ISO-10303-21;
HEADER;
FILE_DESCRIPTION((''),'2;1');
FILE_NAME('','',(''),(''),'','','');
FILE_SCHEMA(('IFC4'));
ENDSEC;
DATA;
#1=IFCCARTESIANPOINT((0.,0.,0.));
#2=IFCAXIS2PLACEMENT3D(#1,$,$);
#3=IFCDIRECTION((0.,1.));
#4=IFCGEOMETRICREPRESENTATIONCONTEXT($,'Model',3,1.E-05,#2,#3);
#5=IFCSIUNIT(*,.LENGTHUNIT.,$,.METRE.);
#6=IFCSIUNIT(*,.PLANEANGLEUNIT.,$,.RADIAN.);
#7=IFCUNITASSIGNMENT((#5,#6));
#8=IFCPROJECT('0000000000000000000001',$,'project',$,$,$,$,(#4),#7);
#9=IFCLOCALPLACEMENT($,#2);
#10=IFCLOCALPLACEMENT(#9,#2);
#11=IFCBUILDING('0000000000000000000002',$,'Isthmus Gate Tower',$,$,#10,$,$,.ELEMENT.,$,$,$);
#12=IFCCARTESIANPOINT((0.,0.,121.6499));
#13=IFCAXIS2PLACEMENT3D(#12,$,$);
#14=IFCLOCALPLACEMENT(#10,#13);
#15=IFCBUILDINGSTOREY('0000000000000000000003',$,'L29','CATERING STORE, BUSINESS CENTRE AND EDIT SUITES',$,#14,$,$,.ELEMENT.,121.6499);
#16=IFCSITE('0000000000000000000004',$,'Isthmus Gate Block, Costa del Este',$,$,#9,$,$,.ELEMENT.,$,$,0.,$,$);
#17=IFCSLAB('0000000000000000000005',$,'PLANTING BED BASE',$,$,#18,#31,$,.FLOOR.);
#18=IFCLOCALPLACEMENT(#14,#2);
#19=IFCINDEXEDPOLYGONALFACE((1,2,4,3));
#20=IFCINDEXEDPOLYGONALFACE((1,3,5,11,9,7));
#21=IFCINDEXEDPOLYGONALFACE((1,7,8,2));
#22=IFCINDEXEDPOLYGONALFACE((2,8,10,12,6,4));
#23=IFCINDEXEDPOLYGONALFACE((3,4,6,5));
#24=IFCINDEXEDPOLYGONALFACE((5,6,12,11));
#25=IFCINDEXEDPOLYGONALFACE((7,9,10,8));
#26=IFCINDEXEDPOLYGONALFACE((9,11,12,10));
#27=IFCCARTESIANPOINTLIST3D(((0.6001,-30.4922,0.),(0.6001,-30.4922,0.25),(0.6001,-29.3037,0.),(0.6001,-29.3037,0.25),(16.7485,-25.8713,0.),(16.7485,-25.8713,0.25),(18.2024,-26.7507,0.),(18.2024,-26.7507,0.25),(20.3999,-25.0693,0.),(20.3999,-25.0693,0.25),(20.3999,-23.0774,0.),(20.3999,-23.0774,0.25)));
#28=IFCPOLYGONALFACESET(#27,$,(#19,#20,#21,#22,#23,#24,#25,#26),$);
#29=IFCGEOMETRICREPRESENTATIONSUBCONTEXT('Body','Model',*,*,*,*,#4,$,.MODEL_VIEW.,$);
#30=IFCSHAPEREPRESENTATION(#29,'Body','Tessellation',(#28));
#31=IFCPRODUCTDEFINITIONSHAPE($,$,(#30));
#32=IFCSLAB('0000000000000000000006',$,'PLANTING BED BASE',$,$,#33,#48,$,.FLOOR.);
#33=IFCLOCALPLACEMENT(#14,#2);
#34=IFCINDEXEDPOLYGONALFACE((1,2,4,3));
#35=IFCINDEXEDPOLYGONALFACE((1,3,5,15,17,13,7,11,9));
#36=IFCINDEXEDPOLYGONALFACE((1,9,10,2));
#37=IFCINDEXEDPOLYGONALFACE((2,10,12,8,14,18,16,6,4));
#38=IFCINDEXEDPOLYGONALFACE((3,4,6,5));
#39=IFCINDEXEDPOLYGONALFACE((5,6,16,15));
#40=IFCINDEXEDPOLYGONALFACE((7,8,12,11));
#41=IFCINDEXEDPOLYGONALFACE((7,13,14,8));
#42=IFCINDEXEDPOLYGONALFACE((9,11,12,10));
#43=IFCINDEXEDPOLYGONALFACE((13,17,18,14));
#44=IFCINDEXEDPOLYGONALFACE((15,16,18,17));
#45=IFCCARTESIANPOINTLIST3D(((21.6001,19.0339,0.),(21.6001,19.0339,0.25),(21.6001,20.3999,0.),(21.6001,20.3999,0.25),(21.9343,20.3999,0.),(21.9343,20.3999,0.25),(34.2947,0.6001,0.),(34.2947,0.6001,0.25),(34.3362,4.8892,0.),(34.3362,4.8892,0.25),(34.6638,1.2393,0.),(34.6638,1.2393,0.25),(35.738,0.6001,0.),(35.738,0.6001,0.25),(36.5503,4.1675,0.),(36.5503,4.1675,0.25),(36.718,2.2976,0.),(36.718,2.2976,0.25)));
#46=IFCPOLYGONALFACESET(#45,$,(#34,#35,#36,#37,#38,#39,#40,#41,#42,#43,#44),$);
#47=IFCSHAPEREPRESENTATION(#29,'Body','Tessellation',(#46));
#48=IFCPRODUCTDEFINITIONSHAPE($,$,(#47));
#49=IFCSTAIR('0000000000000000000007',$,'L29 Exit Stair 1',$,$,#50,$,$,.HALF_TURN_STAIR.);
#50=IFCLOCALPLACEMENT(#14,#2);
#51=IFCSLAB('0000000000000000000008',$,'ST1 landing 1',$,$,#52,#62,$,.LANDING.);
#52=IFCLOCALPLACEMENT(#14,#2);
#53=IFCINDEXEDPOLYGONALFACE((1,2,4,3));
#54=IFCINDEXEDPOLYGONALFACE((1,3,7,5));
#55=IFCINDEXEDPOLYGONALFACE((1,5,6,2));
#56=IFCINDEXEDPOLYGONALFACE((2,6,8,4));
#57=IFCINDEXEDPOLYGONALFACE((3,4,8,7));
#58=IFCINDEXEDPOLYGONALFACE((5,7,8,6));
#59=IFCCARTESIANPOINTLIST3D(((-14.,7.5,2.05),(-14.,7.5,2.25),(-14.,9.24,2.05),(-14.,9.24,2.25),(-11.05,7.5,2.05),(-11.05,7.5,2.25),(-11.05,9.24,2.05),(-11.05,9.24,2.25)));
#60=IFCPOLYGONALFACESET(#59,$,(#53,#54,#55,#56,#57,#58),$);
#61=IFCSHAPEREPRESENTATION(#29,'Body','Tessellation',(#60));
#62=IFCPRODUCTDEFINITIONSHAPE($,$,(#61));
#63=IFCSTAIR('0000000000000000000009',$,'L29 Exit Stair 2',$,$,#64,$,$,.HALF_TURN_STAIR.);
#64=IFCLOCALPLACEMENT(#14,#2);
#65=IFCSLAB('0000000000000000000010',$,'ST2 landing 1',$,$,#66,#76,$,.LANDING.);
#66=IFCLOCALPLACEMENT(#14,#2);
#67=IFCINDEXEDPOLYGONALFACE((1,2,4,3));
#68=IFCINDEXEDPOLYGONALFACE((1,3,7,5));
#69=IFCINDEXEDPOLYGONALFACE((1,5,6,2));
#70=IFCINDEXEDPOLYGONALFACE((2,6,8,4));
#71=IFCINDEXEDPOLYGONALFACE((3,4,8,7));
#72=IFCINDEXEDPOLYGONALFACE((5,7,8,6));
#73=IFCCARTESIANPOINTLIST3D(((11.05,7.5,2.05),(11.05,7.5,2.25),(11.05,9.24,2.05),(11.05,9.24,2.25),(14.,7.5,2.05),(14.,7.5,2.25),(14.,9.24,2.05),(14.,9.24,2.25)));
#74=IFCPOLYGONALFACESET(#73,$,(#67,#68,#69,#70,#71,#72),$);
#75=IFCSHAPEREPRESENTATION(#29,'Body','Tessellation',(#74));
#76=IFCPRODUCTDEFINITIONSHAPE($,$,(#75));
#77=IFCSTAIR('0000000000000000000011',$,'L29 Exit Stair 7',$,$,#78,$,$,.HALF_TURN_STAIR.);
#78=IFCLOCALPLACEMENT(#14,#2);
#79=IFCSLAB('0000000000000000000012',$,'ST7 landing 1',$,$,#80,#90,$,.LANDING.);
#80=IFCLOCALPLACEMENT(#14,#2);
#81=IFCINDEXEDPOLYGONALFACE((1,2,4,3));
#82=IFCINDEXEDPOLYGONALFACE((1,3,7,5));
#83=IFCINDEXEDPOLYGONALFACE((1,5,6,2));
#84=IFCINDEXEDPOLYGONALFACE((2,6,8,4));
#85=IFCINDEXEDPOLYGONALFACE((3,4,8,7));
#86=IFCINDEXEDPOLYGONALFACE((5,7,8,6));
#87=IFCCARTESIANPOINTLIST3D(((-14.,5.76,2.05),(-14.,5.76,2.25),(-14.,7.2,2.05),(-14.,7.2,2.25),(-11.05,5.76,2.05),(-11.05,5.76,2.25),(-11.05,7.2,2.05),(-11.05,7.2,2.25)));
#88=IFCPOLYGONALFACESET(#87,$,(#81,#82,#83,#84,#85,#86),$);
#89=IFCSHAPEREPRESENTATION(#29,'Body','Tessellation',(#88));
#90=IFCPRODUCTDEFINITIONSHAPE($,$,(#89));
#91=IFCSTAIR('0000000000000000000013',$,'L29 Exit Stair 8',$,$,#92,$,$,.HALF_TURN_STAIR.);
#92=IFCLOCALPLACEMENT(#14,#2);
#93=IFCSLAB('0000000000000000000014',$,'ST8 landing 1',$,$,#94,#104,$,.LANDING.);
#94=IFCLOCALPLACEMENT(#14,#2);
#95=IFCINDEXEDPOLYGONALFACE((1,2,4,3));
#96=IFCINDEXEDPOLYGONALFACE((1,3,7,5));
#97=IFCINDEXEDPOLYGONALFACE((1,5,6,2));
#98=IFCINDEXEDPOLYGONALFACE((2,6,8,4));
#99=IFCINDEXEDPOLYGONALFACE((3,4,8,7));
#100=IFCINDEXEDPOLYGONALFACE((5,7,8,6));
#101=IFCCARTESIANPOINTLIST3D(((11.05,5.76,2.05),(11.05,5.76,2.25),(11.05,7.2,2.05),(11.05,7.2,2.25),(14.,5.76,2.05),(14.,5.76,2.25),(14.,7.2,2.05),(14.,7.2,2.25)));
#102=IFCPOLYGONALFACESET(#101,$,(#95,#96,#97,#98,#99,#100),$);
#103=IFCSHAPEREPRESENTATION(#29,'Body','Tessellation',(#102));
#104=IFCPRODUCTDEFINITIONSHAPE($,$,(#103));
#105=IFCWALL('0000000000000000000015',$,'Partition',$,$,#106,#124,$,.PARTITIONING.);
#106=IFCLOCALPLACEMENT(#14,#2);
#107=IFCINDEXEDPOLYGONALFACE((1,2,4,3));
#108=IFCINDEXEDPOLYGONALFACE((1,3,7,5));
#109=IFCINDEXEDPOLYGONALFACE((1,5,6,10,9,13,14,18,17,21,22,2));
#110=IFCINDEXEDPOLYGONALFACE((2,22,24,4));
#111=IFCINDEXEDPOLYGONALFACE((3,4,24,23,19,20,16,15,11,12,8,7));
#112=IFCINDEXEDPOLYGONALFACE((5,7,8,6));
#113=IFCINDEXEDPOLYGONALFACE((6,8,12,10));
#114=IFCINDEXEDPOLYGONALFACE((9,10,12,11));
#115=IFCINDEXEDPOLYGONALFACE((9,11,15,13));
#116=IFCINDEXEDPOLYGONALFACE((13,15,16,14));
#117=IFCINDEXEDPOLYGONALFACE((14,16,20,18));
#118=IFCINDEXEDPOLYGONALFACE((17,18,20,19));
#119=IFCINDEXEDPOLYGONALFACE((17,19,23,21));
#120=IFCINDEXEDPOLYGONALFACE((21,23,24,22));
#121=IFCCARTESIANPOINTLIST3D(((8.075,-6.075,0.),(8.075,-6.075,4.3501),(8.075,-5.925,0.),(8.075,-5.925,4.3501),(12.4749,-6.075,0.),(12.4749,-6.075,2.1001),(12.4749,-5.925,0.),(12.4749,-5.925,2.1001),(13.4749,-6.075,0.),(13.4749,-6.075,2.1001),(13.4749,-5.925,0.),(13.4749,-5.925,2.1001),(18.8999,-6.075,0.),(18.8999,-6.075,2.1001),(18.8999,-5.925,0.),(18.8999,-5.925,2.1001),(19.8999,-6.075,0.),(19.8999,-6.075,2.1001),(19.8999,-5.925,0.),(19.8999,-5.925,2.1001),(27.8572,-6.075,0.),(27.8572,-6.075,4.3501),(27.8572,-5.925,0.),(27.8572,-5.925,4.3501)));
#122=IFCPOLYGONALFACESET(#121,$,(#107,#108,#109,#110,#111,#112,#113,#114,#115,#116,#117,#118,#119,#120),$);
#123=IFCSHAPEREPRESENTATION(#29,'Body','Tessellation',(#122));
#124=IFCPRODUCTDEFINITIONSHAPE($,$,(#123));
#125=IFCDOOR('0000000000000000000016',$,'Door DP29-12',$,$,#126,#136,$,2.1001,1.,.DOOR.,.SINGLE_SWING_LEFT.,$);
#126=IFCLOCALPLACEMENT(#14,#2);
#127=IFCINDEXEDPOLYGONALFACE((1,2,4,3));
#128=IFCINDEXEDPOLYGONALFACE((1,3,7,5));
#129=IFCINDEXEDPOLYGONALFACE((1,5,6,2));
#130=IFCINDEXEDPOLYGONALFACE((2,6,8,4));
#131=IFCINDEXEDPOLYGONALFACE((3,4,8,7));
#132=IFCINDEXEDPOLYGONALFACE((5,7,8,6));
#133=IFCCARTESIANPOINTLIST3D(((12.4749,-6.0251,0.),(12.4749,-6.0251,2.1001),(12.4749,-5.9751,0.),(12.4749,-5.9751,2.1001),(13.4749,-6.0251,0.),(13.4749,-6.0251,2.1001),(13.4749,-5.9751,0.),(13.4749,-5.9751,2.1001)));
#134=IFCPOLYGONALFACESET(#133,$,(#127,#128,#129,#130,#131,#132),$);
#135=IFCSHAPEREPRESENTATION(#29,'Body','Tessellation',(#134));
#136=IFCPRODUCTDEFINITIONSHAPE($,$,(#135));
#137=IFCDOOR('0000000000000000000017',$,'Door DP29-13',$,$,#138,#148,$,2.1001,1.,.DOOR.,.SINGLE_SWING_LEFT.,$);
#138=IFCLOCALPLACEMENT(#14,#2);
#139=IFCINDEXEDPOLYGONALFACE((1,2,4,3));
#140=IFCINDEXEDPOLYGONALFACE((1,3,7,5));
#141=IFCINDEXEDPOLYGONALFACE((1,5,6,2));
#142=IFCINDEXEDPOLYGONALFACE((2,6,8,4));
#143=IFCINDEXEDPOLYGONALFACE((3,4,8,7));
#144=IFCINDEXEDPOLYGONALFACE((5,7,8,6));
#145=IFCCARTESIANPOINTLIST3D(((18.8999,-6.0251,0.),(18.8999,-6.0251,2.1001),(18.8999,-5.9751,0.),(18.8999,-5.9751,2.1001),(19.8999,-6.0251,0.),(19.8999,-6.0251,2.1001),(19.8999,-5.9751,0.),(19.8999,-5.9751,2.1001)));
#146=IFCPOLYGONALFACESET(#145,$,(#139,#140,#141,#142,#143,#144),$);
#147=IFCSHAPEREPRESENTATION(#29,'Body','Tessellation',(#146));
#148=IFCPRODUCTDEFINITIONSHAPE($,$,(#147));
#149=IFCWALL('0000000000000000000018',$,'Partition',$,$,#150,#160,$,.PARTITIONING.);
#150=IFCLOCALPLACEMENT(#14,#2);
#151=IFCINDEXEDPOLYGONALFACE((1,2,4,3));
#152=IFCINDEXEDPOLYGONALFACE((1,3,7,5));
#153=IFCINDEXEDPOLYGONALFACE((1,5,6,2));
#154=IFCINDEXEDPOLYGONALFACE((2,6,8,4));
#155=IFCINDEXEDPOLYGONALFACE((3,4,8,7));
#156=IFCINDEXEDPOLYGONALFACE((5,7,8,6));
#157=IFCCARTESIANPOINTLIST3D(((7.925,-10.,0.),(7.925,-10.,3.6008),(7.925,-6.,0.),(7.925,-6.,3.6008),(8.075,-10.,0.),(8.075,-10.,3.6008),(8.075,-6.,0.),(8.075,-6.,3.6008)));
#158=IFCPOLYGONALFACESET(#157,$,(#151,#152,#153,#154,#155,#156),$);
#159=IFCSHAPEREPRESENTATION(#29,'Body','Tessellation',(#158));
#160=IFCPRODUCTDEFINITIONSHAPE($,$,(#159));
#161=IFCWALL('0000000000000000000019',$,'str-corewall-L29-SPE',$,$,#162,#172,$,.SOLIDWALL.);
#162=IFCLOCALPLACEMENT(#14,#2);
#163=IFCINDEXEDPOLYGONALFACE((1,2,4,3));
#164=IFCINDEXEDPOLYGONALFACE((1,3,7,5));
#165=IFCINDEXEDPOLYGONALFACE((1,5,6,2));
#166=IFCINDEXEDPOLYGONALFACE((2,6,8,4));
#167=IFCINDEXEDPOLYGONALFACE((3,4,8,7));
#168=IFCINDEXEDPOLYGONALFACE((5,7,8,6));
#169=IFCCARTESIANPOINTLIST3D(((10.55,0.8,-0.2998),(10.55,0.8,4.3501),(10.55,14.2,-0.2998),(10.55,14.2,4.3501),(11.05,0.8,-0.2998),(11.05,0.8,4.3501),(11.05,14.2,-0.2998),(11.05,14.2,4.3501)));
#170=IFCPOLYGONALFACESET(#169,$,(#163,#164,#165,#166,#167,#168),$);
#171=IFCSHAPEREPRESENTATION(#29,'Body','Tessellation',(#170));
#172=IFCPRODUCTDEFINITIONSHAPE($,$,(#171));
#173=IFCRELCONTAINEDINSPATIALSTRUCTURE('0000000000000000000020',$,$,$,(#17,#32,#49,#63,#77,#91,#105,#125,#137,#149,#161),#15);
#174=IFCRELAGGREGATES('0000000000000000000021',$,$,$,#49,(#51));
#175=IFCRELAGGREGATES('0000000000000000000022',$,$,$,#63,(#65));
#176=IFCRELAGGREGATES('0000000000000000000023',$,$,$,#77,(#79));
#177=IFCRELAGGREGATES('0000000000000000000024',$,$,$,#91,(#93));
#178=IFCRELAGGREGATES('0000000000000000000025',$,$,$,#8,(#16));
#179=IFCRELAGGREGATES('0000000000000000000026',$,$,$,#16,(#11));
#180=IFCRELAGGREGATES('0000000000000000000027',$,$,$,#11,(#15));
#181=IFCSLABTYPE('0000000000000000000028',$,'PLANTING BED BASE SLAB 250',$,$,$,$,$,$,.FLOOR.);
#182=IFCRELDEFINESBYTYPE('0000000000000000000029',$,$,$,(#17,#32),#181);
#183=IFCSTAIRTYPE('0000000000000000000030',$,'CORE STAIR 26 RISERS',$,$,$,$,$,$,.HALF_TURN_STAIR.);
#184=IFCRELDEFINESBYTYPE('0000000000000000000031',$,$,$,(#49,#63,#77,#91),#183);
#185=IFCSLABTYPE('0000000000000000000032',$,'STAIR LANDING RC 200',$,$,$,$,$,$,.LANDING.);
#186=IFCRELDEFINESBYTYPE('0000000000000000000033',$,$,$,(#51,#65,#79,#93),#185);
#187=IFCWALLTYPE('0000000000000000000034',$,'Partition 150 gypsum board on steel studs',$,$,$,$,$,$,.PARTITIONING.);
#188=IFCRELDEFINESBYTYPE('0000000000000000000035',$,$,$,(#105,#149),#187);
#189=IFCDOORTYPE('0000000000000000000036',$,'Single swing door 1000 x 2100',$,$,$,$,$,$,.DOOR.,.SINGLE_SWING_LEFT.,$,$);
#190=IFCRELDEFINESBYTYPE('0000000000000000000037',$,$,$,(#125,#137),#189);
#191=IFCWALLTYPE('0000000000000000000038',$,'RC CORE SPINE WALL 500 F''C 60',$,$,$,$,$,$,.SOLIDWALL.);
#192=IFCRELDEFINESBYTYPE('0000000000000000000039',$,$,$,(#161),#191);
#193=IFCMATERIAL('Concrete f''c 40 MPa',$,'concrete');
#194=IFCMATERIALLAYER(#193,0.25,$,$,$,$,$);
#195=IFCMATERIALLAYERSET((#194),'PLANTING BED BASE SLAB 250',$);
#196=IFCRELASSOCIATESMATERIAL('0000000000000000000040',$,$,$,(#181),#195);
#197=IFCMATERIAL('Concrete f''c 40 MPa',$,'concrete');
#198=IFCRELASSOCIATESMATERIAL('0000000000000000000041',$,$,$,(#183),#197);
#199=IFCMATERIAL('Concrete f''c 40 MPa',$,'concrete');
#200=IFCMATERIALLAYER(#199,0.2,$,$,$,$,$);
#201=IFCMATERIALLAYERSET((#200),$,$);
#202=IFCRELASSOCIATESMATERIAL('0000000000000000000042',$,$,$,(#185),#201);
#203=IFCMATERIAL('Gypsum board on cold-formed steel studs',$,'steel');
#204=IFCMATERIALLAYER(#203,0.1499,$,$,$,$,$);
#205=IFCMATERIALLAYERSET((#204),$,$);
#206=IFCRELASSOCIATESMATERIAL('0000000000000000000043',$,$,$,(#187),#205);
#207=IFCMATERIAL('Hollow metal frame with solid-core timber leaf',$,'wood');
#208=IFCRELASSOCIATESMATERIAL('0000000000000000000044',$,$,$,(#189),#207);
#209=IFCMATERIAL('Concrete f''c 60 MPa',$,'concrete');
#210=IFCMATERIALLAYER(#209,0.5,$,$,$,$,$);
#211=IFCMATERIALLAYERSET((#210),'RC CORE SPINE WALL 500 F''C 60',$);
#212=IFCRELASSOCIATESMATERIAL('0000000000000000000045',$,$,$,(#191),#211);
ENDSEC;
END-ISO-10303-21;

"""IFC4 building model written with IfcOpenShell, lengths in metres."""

from ifc_helpers import new_model, si_unit, direction, frame, frame_2d, origin, place, context, subcontext, project, spatial, polyline, rectangle, outline, extrude, material, layer, layer_set, type_object, element, fill, aggregate, save


model = new_model("IFC4")

# Units and contexts
model_context = context("Model", 3, precision=1e-05, world=origin(), true_north=direction((0.0, 1.0)))
body_context = subcontext(model_context, "Body", "Model", "MODEL_VIEW")
ifc_project = project(units=[si_unit("LENGTHUNIT", "METRE"), si_unit("PLANEANGLEUNIT", "RADIAN")], contexts=[model_context])

# Site, building, storey
site_placement = place(None, origin())
site = spatial("IfcSite", under=ifc_project, at=site_placement, Name="Isthmus Gate Block, Costa del Este", CompositionType="ELEMENT", RefElevation=0.0)
building_placement = place(site_placement, origin())
building = spatial("IfcBuilding", under=site, at=building_placement, Name="Isthmus Gate Tower", CompositionType="ELEMENT")
storey_placement = place(building_placement, frame((0.0, 0.0, 121.6499)))
storey = spatial("IfcBuildingStorey", under=building, at=storey_placement, Name="L29", Description="CATERING STORE, BUSINESS CENTRE AND EDIT SUITES", CompositionType="ELEMENT", Elevation=121.6499)

# Slabs
ifc_material_1 = material(Name="Concrete f'c 40 MPa", Category="concrete")
ifc_layer_1 = layer(ifc_material_1, 0.25)
ifc_layer_set_1 = layer_set([ifc_layer_1], Name="PLANTING BED BASE SLAB 250")
slab_type_1 = type_object("IfcSlabType", Name="PLANTING BED BASE SLAB 250", PredefinedType="FLOOR", material=ifc_layer_set_1)
slab_1_placement = place(storey_placement, origin())
element("IfcSlab", 1, at=slab_1_placement, inside=storey, type_object=slab_type_1, Name="PLANTING BED BASE", PredefinedType="FLOOR", context=body_context, shape_type="SweptSolid", body=[
    extrude(outline(polyline([(20.3999, -25.0693), (20.3999, -23.0774), (16.7485, -25.8713), (0.6001, -29.3037), (0.6001, -30.4922), (18.2024, -26.7507), (20.3999, -25.0693)])), origin(), (0.0, 0.0, 1.0), 0.25),
])
slab_2_placement = place(storey_placement, origin())
element("IfcSlab", 2, at=slab_2_placement, inside=storey, type_object=slab_type_1, Name="PLANTING BED BASE", PredefinedType="FLOOR", context=body_context, shape_type="SweptSolid", body=[
    extrude(outline(polyline([(21.6001, 20.3999), (21.6001, 19.0339), (34.3362, 4.8892), (34.6638, 1.2393), (34.2947, 0.6001), (35.738, 0.6001), (36.718, 2.2976), (36.5503, 4.1675), (21.9343, 20.3999), (21.6001, 20.3999)])), origin(), (0.0, 0.0, 1.0), 0.25),
])

# Stairs, slabs
ifc_material_2 = material(Name="Concrete f'c 40 MPa", Category="concrete")
stair_type = type_object("IfcStairType", Name="CORE STAIR 26 RISERS", PredefinedType="HALF_TURN_STAIR", material=ifc_material_2)
stair_1_placement = place(storey_placement, origin())
stair_1 = element("IfcStair", 3, at=stair_1_placement, inside=storey, type_object=stair_type, Name="L29 Exit Stair 1", PredefinedType="HALF_TURN_STAIR")
ifc_material_3 = material(Name="Concrete f'c 40 MPa", Category="concrete")
ifc_layer_2 = layer(ifc_material_3, 0.2)
ifc_layer_set_2 = layer_set([ifc_layer_2])
slab_type_2 = type_object("IfcSlabType", Name="STAIR LANDING RC 200", PredefinedType="LANDING", material=ifc_layer_set_2)
slab_3_placement = place(storey_placement, frame((0.0, 0.0, 2.05)))
slab_3 = element("IfcSlab", 4, at=slab_3_placement, type_object=slab_type_2, Name="ST1 landing 1", PredefinedType="LANDING", context=body_context, shape_type="SweptSolid", body=[
    extrude(outline(polyline([(-14.0, 9.24), (-14.0, 7.5), (-11.05, 7.5), (-11.05, 9.24), (-14.0, 9.24)])), origin(), (0.0, 0.0, 1.0), 0.2),
])
aggregate(stair_1, [slab_3])
stair_2_placement = place(storey_placement, origin())
stair_2 = element("IfcStair", 5, at=stair_2_placement, inside=storey, type_object=stair_type, Name="L29 Exit Stair 2", PredefinedType="HALF_TURN_STAIR")
slab_4_placement = place(storey_placement, frame((0.0, 0.0, 2.05)))
slab_4 = element("IfcSlab", 6, at=slab_4_placement, type_object=slab_type_2, Name="ST2 landing 1", PredefinedType="LANDING", context=body_context, shape_type="SweptSolid", body=[
    extrude(outline(polyline([(11.05, 9.24), (11.05, 7.5), (14.0, 7.5), (14.0, 9.24), (11.05, 9.24)])), origin(), (0.0, 0.0, 1.0), 0.2),
])
aggregate(stair_2, [slab_4])
stair_3_placement = place(storey_placement, origin())
stair_3 = element("IfcStair", 7, at=stair_3_placement, inside=storey, type_object=stair_type, Name="L29 Exit Stair 7", PredefinedType="HALF_TURN_STAIR")
slab_5_placement = place(storey_placement, frame((0.0, 0.0, 2.05)))
slab_5 = element("IfcSlab", 8, at=slab_5_placement, type_object=slab_type_2, Name="ST7 landing 1", PredefinedType="LANDING", context=body_context, shape_type="SweptSolid", body=[
    extrude(outline(polyline([(-11.05, 5.76), (-11.05, 7.2), (-14.0, 7.2), (-14.0, 5.76), (-11.05, 5.76)])), origin(), (0.0, 0.0, 1.0), 0.2),
])
aggregate(stair_3, [slab_5])
stair_4_placement = place(storey_placement, origin())
stair_4 = element("IfcStair", 9, at=stair_4_placement, inside=storey, type_object=stair_type, Name="L29 Exit Stair 8", PredefinedType="HALF_TURN_STAIR")
slab_6_placement = place(storey_placement, frame((0.0, 0.0, 2.05)))
slab_6 = element("IfcSlab", 10, at=slab_6_placement, type_object=slab_type_2, Name="ST8 landing 1", PredefinedType="LANDING", context=body_context, shape_type="SweptSolid", body=[
    extrude(outline(polyline([(14.0, 5.76), (14.0, 7.2), (11.05, 7.2), (11.05, 5.76), (14.0, 5.76)])), origin(), (0.0, 0.0, 1.0), 0.2),
])
aggregate(stair_4, [slab_6])

# Wall, openings, doors
ifc_material_4 = material(Name="Gypsum board on cold-formed steel studs", Category="steel")
ifc_layer_3 = layer(ifc_material_4, 0.1499)
ifc_layer_set_3 = layer_set([ifc_layer_3])
wall_type_1 = type_object("IfcWallType", Name="Partition 150 gypsum board on steel studs", PredefinedType="PARTITIONING", material=ifc_layer_set_3)
wall_1_placement = place(storey_placement, frame((8.075, -6.0, 0.0), z_axis=(0.0, 0.0, 1.0), x_axis=(1.0, 0.0, 0.0)))
wall_1 = element("IfcWall", 11, at=wall_1_placement, inside=storey, type_object=wall_type_1, Name="Partition", PredefinedType="PARTITIONING", context=body_context, shape_type="SweptSolid", body=[
    extrude(rectangle(XDim=19.7822, YDim=0.1499, at=frame_2d((9.8911, 0.0))), origin(), (0.0, 0.0, 1.0), 4.3501),
])
opening_1_placement = place(wall_1_placement, frame((4.3999, 0.0, 0.0)))
opening_1 = element("IfcOpeningElement", 12, at=opening_1_placement, cuts=wall_1, PredefinedType="OPENING", context=body_context, shape_type="SweptSolid", body=[
    extrude(rectangle(XDim=1.0, YDim=2.1001, at=frame_2d((0.5, 1.05))), frame((0.0, 0.085, 0.0), z_axis=(0.0, -1.0, 0.0), x_axis=(1.0, 0.0, 0.0)), (0.0, 0.0, 1.0), 0.1699),
])
opening_2_placement = place(wall_1_placement, frame((10.825, 0.0, 0.0)))
opening_2 = element("IfcOpeningElement", 13, at=opening_2_placement, cuts=wall_1, PredefinedType="OPENING", context=body_context, shape_type="SweptSolid", body=[
    extrude(rectangle(XDim=1.0, YDim=2.1001, at=frame_2d((0.5, 1.05))), frame((0.0, 0.085, 0.0), z_axis=(0.0, -1.0, 0.0), x_axis=(1.0, 0.0, 0.0)), (0.0, 0.0, 1.0), 0.1699),
])
ifc_material_5 = material(Name="Hollow metal frame with solid-core timber leaf", Category="wood")
door_type = type_object("IfcDoorType", Name="Single swing door 1000 x 2100", OperationType="SINGLE_SWING_LEFT", PredefinedType="DOOR", material=ifc_material_5)
door_1_placement = place(opening_1_placement, origin())
door_1 = element("IfcDoor", 14, at=door_1_placement, inside=storey, type_object=door_type, Name="Door DP29-12", OperationType="SINGLE_SWING_LEFT", OverallHeight=2.1001, OverallWidth=1.0, PredefinedType="DOOR", context=body_context, shape_type="SweptSolid", body=[
    extrude(rectangle(XDim=1.0, YDim=2.1001, at=frame_2d((0.5, 1.05))), frame((0.0, 0.0249, 0.0), z_axis=(0.0, -1.0, 0.0), x_axis=(1.0, 0.0, 0.0)), (0.0, 0.0, 1.0), 0.05),
])
fill(opening_1, door_1)
door_2_placement = place(opening_2_placement, origin())
door_2 = element("IfcDoor", 15, at=door_2_placement, inside=storey, type_object=door_type, Name="Door DP29-13", OperationType="SINGLE_SWING_LEFT", OverallHeight=2.1001, OverallWidth=1.0, PredefinedType="DOOR", context=body_context, shape_type="SweptSolid", body=[
    extrude(rectangle(XDim=1.0, YDim=2.1001, at=frame_2d((0.5, 1.05))), frame((0.0, 0.0249, 0.0), z_axis=(0.0, -1.0, 0.0), x_axis=(1.0, 0.0, 0.0)), (0.0, 0.0, 1.0), 0.05),
])
fill(opening_2, door_2)

# Walls
wall_2_placement = place(storey_placement, frame((8.0, -10.0, 0.0), z_axis=(0.0, 0.0, 1.0), x_axis=(0.0, 1.0, 0.0)))
element("IfcWall", 16, at=wall_2_placement, inside=storey, type_object=wall_type_1, Name="Partition", PredefinedType="PARTITIONING", context=body_context, shape_type="SweptSolid", body=[
    extrude(rectangle(XDim=4.0, YDim=0.1499, at=frame_2d((2.0, 0.0))), origin(), (0.0, 0.0, 1.0), 3.6008),
])
ifc_material_6 = material(Name="Concrete f'c 60 MPa", Category="concrete")
ifc_layer_4 = layer(ifc_material_6, 0.5)
ifc_layer_set_4 = layer_set([ifc_layer_4], Name="RC CORE SPINE WALL 500 F'C 60")
wall_type_2 = type_object("IfcWallType", Name="RC CORE SPINE WALL 500 F'C 60", PredefinedType="SOLIDWALL", material=ifc_layer_set_4)
wall_3_placement = place(storey_placement, frame((10.8, 0.8, -0.2998), z_axis=(0.0, 0.0, 1.0), x_axis=(0.0, 1.0, 0.0)))
element("IfcWall", 17, at=wall_3_placement, inside=storey, type_object=wall_type_2, Name="str-corewall-L29-SPE", PredefinedType="SOLIDWALL", context=body_context, shape_type="SweptSolid", body=[
    extrude(rectangle(XDim=13.3999, YDim=0.5, at=frame_2d((6.7, 0.0))), origin(), (0.0, 0.0, 1.0), 4.6499),
])

save(model, "model.ifc")
